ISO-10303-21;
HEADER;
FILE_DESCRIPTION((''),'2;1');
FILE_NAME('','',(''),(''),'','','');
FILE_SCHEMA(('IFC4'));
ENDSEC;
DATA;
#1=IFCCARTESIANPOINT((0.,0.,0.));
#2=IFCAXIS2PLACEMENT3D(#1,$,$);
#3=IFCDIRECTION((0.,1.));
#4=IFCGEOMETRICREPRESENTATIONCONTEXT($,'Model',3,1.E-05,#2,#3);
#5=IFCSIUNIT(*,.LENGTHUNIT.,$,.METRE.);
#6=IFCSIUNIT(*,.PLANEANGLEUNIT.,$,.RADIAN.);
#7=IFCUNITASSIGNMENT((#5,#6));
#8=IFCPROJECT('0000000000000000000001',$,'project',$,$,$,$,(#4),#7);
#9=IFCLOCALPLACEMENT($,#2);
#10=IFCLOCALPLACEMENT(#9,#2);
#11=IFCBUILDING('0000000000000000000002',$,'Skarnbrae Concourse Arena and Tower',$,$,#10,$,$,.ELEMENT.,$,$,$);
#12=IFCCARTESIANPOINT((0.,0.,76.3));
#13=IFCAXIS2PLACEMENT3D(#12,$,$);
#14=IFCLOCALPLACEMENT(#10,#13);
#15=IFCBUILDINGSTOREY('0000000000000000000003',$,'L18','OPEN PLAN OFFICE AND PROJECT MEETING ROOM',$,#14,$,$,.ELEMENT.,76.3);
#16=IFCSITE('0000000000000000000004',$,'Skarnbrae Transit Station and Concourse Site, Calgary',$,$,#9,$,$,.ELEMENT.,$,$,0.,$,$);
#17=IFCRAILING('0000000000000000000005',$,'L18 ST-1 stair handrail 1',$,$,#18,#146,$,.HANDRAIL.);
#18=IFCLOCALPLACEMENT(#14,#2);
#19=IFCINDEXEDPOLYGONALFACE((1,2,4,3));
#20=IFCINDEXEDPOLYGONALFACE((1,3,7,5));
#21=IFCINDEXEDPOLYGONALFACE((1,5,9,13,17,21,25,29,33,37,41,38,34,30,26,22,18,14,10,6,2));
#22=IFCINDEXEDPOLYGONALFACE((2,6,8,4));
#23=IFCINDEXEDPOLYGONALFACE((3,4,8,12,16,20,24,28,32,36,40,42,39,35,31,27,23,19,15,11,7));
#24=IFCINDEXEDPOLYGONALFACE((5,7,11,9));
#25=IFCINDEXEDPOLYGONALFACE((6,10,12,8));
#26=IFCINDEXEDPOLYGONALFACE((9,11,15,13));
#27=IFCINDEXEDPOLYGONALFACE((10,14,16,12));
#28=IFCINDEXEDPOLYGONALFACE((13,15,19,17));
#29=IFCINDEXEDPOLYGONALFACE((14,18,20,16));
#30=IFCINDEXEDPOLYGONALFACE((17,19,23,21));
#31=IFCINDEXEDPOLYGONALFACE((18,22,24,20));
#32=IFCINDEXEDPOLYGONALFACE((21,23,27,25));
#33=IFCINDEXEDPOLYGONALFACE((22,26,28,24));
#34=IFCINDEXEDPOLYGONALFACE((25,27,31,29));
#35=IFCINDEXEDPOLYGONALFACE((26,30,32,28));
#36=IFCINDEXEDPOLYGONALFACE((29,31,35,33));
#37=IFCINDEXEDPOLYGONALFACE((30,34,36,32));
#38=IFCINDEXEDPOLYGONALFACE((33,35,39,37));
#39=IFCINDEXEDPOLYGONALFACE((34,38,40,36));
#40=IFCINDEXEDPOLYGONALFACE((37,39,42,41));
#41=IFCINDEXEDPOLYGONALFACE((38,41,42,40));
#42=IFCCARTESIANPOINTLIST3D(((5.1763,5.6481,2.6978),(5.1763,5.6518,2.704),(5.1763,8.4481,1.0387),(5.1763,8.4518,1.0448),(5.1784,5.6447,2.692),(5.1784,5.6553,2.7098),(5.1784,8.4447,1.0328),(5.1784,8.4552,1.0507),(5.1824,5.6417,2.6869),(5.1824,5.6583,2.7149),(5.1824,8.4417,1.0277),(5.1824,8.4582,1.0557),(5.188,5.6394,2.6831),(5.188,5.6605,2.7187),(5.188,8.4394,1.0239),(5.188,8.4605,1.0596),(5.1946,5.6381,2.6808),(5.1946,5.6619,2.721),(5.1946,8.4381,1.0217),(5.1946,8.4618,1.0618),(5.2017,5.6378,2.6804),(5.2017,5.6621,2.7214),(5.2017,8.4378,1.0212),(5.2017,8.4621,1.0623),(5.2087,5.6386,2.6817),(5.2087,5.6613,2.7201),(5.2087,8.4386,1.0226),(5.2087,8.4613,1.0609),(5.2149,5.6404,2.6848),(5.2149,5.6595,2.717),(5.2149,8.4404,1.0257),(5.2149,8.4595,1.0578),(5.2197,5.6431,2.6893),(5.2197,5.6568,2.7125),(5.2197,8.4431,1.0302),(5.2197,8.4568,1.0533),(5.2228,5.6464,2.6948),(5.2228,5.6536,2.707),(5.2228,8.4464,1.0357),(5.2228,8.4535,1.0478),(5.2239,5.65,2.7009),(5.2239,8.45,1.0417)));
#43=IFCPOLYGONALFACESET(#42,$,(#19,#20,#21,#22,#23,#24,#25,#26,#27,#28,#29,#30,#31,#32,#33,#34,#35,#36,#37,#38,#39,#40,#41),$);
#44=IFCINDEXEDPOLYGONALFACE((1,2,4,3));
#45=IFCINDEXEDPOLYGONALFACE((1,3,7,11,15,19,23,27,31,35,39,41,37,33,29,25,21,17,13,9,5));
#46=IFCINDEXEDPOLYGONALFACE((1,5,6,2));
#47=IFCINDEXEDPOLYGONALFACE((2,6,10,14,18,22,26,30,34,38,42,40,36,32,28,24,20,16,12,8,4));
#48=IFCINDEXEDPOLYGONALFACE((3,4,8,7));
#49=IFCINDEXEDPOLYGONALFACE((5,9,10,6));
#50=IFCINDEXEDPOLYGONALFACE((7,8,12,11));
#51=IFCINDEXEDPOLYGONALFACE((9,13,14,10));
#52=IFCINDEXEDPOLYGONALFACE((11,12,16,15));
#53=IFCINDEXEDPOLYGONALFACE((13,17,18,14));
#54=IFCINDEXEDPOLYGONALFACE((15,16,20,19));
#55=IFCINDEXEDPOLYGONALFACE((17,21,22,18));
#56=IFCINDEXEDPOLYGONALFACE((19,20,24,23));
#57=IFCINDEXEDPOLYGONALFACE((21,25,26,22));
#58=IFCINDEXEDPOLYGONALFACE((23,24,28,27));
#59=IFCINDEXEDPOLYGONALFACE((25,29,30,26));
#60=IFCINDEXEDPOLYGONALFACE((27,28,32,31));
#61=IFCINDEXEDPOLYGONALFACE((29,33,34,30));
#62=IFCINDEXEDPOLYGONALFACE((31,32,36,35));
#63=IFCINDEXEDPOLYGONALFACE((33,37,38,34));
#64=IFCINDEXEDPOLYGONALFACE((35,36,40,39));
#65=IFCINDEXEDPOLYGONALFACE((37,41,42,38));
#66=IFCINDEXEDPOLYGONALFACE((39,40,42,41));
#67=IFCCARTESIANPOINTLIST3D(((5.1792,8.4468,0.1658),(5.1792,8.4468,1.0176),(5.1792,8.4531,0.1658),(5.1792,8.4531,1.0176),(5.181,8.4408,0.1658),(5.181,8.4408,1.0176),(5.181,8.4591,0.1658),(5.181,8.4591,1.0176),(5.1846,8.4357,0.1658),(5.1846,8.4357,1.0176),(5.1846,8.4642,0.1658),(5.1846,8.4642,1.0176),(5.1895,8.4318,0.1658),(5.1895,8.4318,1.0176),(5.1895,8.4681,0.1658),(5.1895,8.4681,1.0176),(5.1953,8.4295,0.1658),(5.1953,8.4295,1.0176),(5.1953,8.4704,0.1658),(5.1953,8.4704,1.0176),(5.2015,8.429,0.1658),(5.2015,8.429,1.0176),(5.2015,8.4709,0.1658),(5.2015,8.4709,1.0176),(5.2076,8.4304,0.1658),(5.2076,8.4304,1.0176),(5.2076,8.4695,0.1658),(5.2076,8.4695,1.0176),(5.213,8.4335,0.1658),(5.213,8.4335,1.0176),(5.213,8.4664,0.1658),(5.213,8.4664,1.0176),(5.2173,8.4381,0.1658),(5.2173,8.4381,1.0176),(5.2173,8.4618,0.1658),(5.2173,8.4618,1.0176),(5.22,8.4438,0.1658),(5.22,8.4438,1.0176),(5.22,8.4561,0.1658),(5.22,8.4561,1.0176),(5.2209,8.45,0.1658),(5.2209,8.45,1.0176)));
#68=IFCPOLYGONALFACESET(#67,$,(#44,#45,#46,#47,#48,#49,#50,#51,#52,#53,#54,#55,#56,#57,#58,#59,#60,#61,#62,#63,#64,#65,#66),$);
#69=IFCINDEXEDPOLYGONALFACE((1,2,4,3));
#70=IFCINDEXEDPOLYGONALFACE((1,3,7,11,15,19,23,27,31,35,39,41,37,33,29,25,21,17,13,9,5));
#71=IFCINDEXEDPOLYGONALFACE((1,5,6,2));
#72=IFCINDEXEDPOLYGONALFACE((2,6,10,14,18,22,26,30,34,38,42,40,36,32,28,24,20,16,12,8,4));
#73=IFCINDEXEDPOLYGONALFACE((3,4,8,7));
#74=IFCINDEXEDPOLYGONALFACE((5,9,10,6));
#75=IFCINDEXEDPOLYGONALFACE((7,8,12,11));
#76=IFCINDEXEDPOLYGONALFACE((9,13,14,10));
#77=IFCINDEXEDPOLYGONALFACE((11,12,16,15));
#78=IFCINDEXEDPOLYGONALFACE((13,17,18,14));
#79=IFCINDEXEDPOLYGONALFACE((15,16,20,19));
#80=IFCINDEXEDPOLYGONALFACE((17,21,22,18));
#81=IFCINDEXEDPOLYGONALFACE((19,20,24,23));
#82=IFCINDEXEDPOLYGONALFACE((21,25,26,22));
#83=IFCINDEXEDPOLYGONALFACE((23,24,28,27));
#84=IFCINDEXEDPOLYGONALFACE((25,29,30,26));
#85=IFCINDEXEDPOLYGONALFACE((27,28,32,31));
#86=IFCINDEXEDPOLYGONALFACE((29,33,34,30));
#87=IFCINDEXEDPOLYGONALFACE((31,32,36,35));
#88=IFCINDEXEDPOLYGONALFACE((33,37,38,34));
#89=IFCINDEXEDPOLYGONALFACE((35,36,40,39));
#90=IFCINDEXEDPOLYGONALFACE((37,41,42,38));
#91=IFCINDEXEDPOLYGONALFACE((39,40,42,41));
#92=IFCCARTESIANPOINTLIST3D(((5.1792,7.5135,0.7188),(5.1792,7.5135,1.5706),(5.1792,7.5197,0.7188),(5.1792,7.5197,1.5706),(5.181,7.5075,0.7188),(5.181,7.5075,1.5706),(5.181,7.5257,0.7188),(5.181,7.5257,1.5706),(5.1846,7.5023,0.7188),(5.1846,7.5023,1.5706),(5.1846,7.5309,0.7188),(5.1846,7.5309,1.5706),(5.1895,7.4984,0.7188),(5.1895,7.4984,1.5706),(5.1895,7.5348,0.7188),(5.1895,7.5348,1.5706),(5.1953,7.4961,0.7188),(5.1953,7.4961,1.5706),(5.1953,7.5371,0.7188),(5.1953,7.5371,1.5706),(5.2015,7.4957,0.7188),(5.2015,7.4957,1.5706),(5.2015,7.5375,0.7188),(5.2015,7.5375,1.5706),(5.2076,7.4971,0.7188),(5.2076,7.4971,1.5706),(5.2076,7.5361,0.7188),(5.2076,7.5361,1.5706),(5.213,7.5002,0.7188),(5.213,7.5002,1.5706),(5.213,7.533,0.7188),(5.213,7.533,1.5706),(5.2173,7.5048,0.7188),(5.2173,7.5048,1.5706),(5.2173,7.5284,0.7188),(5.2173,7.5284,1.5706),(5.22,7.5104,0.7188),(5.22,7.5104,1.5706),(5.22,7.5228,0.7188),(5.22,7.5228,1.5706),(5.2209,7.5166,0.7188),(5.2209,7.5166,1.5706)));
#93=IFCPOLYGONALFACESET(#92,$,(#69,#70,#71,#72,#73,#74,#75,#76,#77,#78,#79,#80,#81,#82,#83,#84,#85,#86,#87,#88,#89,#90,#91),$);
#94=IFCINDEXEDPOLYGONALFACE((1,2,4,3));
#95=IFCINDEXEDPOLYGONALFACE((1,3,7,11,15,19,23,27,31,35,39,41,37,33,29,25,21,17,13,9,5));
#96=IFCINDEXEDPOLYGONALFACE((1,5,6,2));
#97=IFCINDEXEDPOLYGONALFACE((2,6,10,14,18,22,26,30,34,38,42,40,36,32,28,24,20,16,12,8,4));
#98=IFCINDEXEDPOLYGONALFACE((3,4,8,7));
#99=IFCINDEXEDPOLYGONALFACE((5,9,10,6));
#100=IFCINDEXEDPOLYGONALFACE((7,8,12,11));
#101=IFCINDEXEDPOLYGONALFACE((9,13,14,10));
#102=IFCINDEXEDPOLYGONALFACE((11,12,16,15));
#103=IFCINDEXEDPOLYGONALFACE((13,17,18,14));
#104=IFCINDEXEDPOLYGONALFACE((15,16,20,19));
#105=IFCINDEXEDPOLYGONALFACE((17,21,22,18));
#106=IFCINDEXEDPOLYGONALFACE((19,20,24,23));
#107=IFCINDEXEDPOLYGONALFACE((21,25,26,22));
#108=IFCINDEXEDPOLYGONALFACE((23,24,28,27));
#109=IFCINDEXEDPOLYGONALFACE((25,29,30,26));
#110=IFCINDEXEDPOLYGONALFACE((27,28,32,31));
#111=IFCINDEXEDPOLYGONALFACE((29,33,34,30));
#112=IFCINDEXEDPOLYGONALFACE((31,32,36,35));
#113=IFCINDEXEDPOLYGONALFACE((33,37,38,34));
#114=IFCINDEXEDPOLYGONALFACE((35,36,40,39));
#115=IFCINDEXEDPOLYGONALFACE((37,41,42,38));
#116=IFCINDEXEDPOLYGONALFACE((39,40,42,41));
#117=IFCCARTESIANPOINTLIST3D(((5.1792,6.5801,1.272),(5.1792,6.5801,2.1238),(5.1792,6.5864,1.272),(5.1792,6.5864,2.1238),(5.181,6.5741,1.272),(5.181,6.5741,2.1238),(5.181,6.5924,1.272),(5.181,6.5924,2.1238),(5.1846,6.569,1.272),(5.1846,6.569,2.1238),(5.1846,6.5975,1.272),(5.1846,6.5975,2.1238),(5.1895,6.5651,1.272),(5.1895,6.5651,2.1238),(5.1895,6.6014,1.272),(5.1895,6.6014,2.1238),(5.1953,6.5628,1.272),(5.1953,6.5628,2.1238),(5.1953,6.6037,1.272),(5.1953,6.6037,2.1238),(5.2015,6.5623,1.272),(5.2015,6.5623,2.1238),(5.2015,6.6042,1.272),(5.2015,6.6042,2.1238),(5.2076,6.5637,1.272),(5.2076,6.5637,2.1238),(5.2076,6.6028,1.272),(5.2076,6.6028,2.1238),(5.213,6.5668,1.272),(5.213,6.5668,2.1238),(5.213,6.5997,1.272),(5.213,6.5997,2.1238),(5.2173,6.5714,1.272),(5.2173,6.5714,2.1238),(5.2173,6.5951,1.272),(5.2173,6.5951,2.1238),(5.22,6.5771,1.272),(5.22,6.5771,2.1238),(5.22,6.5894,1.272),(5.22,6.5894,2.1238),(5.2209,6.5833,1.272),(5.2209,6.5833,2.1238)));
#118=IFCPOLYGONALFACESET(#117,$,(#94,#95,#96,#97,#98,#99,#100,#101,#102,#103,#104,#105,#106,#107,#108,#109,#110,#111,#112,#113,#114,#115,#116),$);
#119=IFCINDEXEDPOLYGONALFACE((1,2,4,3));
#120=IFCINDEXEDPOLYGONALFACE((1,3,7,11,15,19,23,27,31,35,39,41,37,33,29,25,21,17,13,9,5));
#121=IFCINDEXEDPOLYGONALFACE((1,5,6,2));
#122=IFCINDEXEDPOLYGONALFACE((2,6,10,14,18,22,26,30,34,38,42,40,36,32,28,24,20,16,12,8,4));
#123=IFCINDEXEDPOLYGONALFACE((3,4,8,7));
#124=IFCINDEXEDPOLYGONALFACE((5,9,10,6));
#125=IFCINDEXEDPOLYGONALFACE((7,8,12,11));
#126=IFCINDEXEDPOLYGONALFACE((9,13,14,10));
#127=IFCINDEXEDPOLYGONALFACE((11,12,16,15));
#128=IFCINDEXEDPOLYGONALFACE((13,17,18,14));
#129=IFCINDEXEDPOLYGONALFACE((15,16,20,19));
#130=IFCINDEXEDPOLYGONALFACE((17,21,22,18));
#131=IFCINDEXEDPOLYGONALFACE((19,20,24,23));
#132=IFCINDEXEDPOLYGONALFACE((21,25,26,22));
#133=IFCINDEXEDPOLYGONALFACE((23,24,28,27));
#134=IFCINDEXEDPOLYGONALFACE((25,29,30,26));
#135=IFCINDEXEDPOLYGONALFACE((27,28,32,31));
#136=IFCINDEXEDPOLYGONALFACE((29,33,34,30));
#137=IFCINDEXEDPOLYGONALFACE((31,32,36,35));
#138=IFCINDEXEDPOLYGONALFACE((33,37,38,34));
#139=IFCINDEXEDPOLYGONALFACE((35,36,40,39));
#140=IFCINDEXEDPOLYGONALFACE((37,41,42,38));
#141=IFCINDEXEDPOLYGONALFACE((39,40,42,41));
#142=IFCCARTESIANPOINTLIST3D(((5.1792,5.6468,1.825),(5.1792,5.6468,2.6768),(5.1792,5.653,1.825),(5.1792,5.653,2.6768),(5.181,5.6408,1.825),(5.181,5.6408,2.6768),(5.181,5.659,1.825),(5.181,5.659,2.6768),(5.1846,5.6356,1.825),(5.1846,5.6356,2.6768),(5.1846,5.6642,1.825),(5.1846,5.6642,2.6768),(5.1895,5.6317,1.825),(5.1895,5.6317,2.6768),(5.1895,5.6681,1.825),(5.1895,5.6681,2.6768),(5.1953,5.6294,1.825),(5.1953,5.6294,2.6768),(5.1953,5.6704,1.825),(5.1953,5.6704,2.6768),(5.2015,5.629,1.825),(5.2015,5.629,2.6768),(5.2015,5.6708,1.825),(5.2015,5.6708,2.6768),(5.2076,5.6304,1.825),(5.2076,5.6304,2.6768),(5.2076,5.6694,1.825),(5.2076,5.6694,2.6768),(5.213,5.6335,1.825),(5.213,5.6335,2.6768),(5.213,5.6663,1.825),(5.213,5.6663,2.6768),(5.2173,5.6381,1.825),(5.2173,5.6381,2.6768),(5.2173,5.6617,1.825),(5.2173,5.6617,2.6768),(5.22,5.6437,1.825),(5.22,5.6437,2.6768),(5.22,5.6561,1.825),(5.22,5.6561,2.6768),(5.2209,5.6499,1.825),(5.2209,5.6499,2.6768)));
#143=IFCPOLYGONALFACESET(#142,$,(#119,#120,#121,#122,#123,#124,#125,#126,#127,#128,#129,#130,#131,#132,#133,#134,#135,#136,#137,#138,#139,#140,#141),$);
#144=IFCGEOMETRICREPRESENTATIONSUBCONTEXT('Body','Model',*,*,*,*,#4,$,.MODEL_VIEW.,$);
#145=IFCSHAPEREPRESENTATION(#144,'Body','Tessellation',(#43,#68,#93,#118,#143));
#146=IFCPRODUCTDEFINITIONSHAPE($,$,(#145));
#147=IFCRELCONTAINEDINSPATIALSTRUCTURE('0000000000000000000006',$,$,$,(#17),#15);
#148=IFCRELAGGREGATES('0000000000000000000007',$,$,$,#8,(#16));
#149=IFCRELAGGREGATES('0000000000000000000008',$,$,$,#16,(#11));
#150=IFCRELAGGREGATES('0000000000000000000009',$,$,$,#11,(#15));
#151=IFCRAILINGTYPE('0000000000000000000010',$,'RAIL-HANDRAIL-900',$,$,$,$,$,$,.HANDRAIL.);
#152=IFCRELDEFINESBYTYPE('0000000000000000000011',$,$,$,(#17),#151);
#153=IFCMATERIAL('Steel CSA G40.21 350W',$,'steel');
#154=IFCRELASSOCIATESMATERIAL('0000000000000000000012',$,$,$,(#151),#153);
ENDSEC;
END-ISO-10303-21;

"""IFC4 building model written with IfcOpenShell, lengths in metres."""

from ifc_helpers import new_model, si_unit, direction, frame, origin, origin_2d, place, context, subcontext, project, spatial, circle, extrude, material, type_object, element, save


model = new_model("IFC4")

# Units and contexts
model_context = context("Model", 3, precision=1e-05, world=origin(), true_north=direction((0.0, 1.0)))
body_context = subcontext(model_context, "Body", "Model", "MODEL_VIEW")
ifc_project = project(units=[si_unit("LENGTHUNIT", "METRE"), si_unit("PLANEANGLEUNIT", "RADIAN")], contexts=[model_context])

# Site, building, storey
site_placement = place(None, origin())
site = spatial("IfcSite", under=ifc_project, at=site_placement, Name="Skarnbrae Transit Station and Concourse Site, Calgary", CompositionType="ELEMENT", RefElevation=0.0)
building_placement = place(site_placement, origin())
building = spatial("IfcBuilding", under=site, at=building_placement, Name="Skarnbrae Concourse Arena and Tower", CompositionType="ELEMENT")
storey_placement = place(building_placement, frame((0.0, 0.0, 76.3)))
storey = spatial("IfcBuildingStorey", under=building, at=storey_placement, Name="L18", Description="OPEN PLAN OFFICE AND PROJECT MEETING ROOM", CompositionType="ELEMENT", Elevation=76.3)

# Shared definitions
ifc_material_1 = material(Name="Steel CSA G40.21 350W", Category="steel")

# Railing
railing_type_1 = type_object("IfcRailingType", Name="RAIL-HANDRAIL-900", PredefinedType="HANDRAIL", material=ifc_material_1)
railing_1_placement = place(storey_placement, frame((5.2, 8.45, 0.1658)))
element("IfcRailing", 1, at=railing_1_placement, inside=storey, type_object=railing_type_1, Name="L18 ST-1 stair handrail 1", PredefinedType="HANDRAIL", context=body_context, shape_type="SweptSolid", body=[
    extrude(circle(Radius=0.0239, at=origin_2d()), frame((0.0, 0.0, 0.876), z_axis=(0.0, -0.860306, 0.509778), x_axis=(1.0, 0.0, 0.0)), (0.0, 0.0, 1.0), 3.2546),
    extrude(circle(Radius=0.021, at=origin_2d()), origin(), (0.0, 0.0, 1.0), 0.8518),
    extrude(circle(Radius=0.021, at=origin_2d()), frame((0.0, -0.9333, 0.553)), (0.0, 0.0, 1.0), 0.8518),
    extrude(circle(Radius=0.021, at=origin_2d()), frame((0.0, -1.8667, 1.1062)), (0.0, 0.0, 1.0), 0.8518),
    extrude(circle(Radius=0.021, at=origin_2d()), frame((0.0, -2.8, 1.6592)), (0.0, 0.0, 1.0), 0.8518),
])

save(model, "model.ifc")
